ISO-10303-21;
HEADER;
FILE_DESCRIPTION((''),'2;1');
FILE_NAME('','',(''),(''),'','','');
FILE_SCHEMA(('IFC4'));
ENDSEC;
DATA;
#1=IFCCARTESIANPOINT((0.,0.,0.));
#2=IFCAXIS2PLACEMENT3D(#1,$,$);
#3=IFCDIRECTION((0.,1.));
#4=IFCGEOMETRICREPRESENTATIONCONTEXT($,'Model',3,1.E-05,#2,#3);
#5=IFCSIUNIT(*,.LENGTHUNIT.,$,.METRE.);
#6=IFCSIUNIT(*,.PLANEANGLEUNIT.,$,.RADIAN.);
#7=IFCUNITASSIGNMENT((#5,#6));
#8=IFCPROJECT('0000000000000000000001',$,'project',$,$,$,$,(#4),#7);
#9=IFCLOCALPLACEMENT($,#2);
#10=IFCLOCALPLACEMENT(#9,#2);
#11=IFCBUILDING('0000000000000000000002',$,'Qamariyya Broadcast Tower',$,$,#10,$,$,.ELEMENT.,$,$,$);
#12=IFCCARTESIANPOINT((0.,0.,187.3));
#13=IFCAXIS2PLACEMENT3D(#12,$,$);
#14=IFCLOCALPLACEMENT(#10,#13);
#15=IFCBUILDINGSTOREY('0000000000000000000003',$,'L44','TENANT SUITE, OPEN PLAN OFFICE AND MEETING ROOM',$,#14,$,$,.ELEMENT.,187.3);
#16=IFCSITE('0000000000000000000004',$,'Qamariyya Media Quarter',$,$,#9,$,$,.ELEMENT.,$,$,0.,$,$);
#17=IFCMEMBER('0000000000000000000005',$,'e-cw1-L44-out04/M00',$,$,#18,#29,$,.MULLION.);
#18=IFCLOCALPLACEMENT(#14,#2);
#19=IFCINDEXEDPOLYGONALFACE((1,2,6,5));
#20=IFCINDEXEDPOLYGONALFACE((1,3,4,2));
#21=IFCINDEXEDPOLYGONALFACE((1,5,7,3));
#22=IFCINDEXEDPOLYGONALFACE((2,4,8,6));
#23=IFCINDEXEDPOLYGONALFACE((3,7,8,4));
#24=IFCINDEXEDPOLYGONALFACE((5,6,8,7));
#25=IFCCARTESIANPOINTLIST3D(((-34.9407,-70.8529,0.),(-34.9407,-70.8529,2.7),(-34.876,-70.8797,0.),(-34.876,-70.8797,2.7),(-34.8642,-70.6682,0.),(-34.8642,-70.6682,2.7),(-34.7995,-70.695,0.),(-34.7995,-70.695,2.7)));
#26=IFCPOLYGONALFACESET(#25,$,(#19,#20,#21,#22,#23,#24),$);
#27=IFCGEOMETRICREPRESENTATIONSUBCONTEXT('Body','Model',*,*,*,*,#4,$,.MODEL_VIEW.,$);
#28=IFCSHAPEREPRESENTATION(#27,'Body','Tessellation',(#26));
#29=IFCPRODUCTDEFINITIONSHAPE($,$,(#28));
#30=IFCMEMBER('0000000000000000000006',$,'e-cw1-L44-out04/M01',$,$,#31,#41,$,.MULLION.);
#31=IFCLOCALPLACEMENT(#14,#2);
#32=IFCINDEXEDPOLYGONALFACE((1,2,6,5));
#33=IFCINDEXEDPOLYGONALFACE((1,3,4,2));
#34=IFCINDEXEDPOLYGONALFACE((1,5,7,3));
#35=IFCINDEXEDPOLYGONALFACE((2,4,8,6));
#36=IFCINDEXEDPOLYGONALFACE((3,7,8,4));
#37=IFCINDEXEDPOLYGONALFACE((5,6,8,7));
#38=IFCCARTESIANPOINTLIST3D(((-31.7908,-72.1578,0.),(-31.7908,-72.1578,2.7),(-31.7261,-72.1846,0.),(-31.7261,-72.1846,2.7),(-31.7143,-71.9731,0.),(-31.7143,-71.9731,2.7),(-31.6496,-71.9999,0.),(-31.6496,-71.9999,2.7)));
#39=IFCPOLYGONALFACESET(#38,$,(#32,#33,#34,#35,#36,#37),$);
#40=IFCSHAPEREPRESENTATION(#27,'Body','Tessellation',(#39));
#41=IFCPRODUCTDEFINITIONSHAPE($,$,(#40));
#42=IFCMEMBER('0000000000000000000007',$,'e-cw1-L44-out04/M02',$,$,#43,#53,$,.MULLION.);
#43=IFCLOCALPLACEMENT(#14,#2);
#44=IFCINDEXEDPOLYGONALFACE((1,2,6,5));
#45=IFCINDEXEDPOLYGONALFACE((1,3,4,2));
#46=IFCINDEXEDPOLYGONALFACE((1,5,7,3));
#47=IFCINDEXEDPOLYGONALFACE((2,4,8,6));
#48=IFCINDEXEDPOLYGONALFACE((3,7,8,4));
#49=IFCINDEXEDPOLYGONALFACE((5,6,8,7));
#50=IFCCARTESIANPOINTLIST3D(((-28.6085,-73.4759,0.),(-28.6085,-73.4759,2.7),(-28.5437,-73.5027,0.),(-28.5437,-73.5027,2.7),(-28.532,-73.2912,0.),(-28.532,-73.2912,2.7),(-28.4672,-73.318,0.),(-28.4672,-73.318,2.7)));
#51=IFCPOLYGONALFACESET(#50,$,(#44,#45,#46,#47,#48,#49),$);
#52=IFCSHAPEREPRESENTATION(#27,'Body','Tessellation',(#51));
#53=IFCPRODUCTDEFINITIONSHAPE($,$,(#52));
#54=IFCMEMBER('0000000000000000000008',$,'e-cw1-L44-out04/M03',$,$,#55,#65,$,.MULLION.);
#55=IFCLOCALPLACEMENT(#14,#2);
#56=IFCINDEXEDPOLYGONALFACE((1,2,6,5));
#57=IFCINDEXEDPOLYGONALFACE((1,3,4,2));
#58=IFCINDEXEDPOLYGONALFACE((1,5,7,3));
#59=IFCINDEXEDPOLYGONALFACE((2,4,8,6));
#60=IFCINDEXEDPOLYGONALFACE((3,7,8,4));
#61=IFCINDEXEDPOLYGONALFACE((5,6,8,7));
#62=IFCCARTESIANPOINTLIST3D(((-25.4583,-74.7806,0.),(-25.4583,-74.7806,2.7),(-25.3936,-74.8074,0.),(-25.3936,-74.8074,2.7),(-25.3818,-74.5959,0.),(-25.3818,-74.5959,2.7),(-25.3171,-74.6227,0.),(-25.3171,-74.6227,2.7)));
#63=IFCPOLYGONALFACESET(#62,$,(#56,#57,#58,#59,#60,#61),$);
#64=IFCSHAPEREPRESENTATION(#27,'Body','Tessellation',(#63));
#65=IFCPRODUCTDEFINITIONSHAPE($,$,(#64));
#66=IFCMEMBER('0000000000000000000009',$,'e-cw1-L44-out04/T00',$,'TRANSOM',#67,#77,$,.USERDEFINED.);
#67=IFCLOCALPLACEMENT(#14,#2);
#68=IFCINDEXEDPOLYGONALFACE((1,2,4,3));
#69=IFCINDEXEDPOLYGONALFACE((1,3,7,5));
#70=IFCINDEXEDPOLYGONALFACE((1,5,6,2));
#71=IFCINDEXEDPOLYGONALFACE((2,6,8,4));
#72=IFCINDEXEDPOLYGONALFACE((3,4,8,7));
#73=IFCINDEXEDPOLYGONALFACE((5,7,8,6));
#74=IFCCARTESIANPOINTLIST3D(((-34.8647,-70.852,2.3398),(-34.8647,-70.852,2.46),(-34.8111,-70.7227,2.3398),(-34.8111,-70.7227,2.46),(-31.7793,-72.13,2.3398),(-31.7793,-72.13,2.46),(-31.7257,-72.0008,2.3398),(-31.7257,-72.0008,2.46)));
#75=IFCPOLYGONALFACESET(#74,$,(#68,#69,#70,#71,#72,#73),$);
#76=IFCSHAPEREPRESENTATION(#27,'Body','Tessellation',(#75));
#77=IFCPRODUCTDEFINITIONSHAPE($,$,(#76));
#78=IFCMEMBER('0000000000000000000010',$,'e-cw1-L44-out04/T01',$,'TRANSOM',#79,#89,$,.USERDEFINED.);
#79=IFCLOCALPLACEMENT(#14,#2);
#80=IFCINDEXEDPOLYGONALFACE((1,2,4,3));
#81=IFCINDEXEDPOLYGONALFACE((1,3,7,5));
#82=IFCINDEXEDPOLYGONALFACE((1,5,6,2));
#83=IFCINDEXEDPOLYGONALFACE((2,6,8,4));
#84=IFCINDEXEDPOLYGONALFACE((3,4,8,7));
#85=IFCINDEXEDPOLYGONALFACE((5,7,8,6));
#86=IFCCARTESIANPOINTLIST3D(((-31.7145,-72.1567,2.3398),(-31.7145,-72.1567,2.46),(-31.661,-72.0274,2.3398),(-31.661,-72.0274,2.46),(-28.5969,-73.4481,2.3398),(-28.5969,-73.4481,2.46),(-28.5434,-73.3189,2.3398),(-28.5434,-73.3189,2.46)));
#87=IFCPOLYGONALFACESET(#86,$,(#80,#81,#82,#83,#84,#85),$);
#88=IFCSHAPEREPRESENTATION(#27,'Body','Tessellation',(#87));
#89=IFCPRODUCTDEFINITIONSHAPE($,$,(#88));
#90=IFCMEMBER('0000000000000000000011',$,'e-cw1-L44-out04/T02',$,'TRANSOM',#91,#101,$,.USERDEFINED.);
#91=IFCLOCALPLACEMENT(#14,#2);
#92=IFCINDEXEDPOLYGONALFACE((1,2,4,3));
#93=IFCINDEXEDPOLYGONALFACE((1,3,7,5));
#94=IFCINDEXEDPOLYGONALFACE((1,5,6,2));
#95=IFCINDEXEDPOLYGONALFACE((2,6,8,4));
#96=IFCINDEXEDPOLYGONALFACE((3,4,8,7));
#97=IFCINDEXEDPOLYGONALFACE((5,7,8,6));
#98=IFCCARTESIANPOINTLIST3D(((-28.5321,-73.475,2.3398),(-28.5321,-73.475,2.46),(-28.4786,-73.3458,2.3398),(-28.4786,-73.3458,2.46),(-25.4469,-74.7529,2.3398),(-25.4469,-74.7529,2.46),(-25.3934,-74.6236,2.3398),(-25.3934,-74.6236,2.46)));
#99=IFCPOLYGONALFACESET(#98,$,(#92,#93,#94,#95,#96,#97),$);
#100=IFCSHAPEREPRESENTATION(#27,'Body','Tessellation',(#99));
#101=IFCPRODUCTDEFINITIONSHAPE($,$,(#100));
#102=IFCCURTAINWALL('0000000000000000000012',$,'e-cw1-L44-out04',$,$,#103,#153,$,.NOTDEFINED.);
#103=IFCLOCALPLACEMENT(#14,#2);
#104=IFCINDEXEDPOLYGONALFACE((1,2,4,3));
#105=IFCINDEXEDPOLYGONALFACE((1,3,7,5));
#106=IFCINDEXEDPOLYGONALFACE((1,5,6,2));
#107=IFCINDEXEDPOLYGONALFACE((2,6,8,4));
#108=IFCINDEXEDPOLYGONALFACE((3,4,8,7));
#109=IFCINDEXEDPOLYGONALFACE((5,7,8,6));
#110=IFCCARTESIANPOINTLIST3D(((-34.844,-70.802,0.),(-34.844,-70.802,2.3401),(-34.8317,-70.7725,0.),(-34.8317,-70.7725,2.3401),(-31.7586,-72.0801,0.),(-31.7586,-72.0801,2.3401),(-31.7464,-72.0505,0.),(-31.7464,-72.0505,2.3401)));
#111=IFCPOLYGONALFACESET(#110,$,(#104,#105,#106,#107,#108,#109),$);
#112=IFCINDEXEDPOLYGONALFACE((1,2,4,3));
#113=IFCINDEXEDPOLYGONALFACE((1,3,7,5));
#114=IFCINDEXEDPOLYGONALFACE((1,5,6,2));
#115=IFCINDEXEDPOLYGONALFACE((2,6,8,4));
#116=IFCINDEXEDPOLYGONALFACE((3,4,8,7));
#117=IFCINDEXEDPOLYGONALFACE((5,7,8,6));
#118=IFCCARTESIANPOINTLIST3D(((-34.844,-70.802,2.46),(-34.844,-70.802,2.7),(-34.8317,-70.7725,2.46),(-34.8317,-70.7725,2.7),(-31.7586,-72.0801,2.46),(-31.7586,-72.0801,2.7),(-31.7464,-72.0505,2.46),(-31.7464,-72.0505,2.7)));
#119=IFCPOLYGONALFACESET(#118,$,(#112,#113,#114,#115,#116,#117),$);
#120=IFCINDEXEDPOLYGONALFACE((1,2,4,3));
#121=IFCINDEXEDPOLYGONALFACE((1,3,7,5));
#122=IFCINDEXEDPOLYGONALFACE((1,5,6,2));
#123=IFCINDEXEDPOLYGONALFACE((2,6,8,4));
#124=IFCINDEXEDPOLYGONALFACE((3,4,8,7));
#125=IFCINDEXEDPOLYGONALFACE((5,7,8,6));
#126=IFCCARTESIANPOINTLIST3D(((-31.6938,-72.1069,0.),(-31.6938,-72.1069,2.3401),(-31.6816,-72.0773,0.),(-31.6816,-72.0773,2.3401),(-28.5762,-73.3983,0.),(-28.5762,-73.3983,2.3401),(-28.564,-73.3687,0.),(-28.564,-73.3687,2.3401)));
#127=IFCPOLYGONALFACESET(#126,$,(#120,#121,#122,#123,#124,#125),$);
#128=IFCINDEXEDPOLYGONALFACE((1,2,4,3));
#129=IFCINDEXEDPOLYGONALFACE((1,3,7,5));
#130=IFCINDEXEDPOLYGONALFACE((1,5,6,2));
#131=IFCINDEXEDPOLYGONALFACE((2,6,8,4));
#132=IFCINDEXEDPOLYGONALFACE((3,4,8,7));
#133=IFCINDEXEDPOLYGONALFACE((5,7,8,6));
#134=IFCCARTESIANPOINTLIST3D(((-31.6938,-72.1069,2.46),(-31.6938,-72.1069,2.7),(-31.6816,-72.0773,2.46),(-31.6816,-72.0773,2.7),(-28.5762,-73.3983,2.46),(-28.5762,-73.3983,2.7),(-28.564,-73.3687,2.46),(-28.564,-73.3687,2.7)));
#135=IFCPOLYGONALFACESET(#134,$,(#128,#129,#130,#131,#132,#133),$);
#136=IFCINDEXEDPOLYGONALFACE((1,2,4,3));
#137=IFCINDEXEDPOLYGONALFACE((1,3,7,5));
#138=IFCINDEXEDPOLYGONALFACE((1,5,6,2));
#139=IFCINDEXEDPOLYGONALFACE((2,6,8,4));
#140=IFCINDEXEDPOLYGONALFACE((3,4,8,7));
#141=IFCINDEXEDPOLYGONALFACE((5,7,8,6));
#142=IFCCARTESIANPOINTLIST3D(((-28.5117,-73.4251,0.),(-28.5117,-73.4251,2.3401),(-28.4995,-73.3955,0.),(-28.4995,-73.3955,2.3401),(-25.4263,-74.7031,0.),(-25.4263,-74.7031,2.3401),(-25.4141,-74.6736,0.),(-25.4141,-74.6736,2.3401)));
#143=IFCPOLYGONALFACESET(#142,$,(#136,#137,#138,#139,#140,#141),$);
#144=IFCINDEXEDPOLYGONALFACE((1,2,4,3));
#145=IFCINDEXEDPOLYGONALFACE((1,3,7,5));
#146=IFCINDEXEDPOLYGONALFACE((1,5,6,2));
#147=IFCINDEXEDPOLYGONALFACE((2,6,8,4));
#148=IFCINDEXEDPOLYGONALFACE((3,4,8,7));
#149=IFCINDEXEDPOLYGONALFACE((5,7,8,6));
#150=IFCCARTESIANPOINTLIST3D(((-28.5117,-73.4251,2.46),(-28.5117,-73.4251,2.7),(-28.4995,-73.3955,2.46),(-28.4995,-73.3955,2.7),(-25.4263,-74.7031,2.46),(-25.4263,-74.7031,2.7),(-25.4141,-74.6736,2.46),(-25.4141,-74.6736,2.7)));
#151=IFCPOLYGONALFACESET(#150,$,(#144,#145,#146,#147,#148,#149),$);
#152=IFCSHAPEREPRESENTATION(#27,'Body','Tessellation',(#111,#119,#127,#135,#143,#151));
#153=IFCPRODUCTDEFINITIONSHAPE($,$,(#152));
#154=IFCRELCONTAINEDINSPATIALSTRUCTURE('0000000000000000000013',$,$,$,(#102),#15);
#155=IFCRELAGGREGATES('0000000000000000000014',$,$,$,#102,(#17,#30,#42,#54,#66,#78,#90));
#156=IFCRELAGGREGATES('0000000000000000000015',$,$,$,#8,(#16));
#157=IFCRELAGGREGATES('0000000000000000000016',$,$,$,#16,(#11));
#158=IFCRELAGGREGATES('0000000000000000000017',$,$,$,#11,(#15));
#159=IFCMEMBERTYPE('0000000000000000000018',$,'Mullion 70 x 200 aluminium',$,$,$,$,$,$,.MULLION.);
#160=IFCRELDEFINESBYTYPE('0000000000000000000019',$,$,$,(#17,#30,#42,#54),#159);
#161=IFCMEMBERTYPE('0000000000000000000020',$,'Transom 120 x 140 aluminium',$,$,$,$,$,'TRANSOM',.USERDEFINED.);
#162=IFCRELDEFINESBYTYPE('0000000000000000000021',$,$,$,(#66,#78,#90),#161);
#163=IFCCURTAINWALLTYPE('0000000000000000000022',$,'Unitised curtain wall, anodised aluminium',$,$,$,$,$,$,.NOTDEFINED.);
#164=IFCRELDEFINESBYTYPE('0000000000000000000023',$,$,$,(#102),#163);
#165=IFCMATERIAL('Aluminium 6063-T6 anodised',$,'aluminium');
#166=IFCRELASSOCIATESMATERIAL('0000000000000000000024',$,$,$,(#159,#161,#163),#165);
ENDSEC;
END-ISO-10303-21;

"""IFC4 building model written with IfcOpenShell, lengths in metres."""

from ifc_helpers import new_model, si_unit, direction, frame, origin, origin_2d, place, context, subcontext, project, spatial, rectangle, extrude, material, material_profile, profile_set, type_object, element, aggregate, save


model = new_model("IFC4")

# Units and contexts
model_context = context("Model", 3, precision=1e-05, world=origin(), true_north=direction((0.0, 1.0)))
body_context = subcontext(model_context, "Body", "Model", "MODEL_VIEW")
ifc_project = project(units=[si_unit("LENGTHUNIT", "METRE"), si_unit("PLANEANGLEUNIT", "RADIAN")], contexts=[model_context])

# Members
ifc_material = material(Name="Aluminium 6063-T6 anodised", Category="aluminium")
ifc_material_profile_1 = material_profile(ifc_material, rectangle(XDim=0.2, YDim=0.0701, at=origin_2d()))
ifc_profile_set_1 = profile_set([ifc_material_profile_1], Name="Aluminium 6063-T6 anodised")
member_type_1 = type_object("IfcMemberType", Name="Mullion 70 x 200 aluminium", PredefinedType="MULLION", material=ifc_profile_set_1)
site_placement = place(None, origin())
building_placement = place(site_placement, origin())
storey_placement = place(building_placement, frame((0.0, 0.0, 187.3)))
member_1_placement = place(storey_placement, frame((-34.8701, -70.7739, 0.0), z_axis=(0.0, 0.0, 1.0), x_axis=(0.382683, 0.92388, 0.0)))
member_1 = element("IfcMember", 1, at=member_1_placement, type_object=member_type_1, Name="e-cw1-L44-out04/M00", PredefinedType="MULLION", context=body_context, shape_type="SweptSolid", body=[
    extrude(rectangle(XDim=0.2, YDim=0.0701, at=origin_2d()), origin(), (0.0, 0.0, 1.0), 2.7),
])
member_2_placement = place(storey_placement, frame((-31.7202, -72.0789, 0.0), z_axis=(0.0, 0.0, 1.0), x_axis=(0.382683, 0.92388, 0.0)))
member_2 = element("IfcMember", 2, at=member_2_placement, type_object=member_type_1, Name="e-cw1-L44-out04/M01", PredefinedType="MULLION", context=body_context, shape_type="SweptSolid", body=[
    extrude(rectangle(XDim=0.2, YDim=0.0701, at=origin_2d()), origin(), (0.0, 0.0, 1.0), 2.7),
])
member_3_placement = place(storey_placement, frame((-28.5378, -73.397, 0.0), z_axis=(0.0, 0.0, 1.0), x_axis=(0.382683, 0.92388, 0.0)))
member_3 = element("IfcMember", 3, at=member_3_placement, type_object=member_type_1, Name="e-cw1-L44-out04/M02", PredefinedType="MULLION", context=body_context, shape_type="SweptSolid", body=[
    extrude(rectangle(XDim=0.2, YDim=0.0701, at=origin_2d()), origin(), (0.0, 0.0, 1.0), 2.7),
])
member_4_placement = place(storey_placement, frame((-25.3877, -74.7017, 0.0), z_axis=(0.0, 0.0, 1.0), x_axis=(0.382683, 0.92388, 0.0)))
member_4 = element("IfcMember", 4, at=member_4_placement, type_object=member_type_1, Name="e-cw1-L44-out04/M03", PredefinedType="MULLION", context=body_context, shape_type="SweptSolid", body=[
    extrude(rectangle(XDim=0.2, YDim=0.0701, at=origin_2d()), origin(), (0.0, 0.0, 1.0), 2.7),
])
ifc_material_profile_2 = material_profile(ifc_material, rectangle(XDim=0.1399, YDim=0.1201, at=origin_2d()))
ifc_profile_set_2 = profile_set([ifc_material_profile_2], Name="Aluminium 6063-T6 anodised")
member_type_2 = type_object("IfcMemberType", Name="Transom 120 x 140 aluminium", ElementType="TRANSOM", PredefinedType="USERDEFINED", material=ifc_profile_set_2)
member_5_placement = place(storey_placement, frame((-34.8379, -70.7874, 2.3999), z_axis=(0.923875, -0.382694, 0.0), x_axis=(0.382694, 0.923875, 0.0)))
member_5 = element("IfcMember", 5, at=member_5_placement, type_object=member_type_2, Name="e-cw1-L44-out04/T00", ObjectType="TRANSOM", PredefinedType="USERDEFINED", context=body_context, shape_type="SweptSolid", body=[
    extrude(rectangle(XDim=0.1399, YDim=0.1201, at=origin_2d()), origin(), (0.0, 0.0, 1.0), 3.3396),
])
member_6_placement = place(storey_placement, frame((-31.6877, -72.092, 2.3999), z_axis=(0.923867, -0.382714, 0.0), x_axis=(0.382714, 0.923867, 0.0)))
member_6 = element("IfcMember", 6, at=member_6_placement, type_object=member_type_2, Name="e-cw1-L44-out04/T01", ObjectType="TRANSOM", PredefinedType="USERDEFINED", context=body_context, shape_type="SweptSolid", body=[
    extrude(rectangle(XDim=0.1399, YDim=0.1201, at=origin_2d()), origin(), (0.0, 0.0, 1.0), 3.3745),
])
member_7_placement = place(storey_placement, frame((-28.5054, -73.4104, 2.3999), z_axis=(0.92389, -0.382657, 0.0), x_axis=(0.382657, 0.92389, 0.0)))
member_7 = element("IfcMember", 7, at=member_7_placement, type_object=member_type_2, Name="e-cw1-L44-out04/T02", ObjectType="TRANSOM", PredefinedType="USERDEFINED", context=body_context, shape_type="SweptSolid", body=[
    extrude(rectangle(XDim=0.1399, YDim=0.1201, at=origin_2d()), origin(), (0.0, 0.0, 1.0), 3.3394),
])

# Site, building, storey
site = spatial("IfcSite", under=ifc_project, at=site_placement, Name="Qamariyya Media Quarter", CompositionType="ELEMENT", RefElevation=0.0)
building = spatial("IfcBuilding", under=site, at=building_placement, Name="Qamariyya Broadcast Tower", CompositionType="ELEMENT")
storey = spatial("IfcBuildingStorey", under=building, at=storey_placement, Name="L44", Description="TENANT SUITE, OPEN PLAN OFFICE AND MEETING ROOM", CompositionType="ELEMENT", Elevation=187.3)

# Curtain wall
curtain_wall_type = type_object("IfcCurtainWallType", Name="Unitised curtain wall, anodised aluminium", PredefinedType="NOTDEFINED", material=ifc_material)
curtain_wall_1_placement = place(storey_placement, origin())
curtain_wall_1 = element("IfcCurtainWall", 8, at=curtain_wall_1_placement, inside=storey, type_object=curtain_wall_type, Name="e-cw1-L44-out04", PredefinedType="NOTDEFINED", context=body_context, shape_type="SweptSolid", body=[
    extrude(rectangle(XDim=3.3396, YDim=0.032, at=origin_2d()), frame((-33.2952, -71.4263, 0.0), x_axis=(0.923878, -0.382687, 0.0)), (0.0, 0.0, 1.0), 2.3401),
    extrude(rectangle(XDim=3.3396, YDim=0.032, at=origin_2d()), frame((-33.2952, -71.4263, 2.46), x_axis=(0.923878, -0.382687, 0.0)), (0.0, 0.0, 1.0), 0.24),
    extrude(rectangle(XDim=3.3745, YDim=0.032, at=origin_2d()), frame((-30.1289, -72.7378, 0.0), x_axis=(0.923878, -0.382687, 0.0)), (0.0, 0.0, 1.0), 2.3401),
    extrude(rectangle(XDim=3.3745, YDim=0.032, at=origin_2d()), frame((-30.1289, -72.7378, 2.46), x_axis=(0.923878, -0.382687, 0.0)), (0.0, 0.0, 1.0), 0.24),
    extrude(rectangle(XDim=3.3396, YDim=0.032, at=origin_2d()), frame((-26.9629, -74.0493, 0.0), x_axis=(0.923878, -0.382687, 0.0)), (0.0, 0.0, 1.0), 2.3401),
    extrude(rectangle(XDim=3.3396, YDim=0.032, at=origin_2d()), frame((-26.9629, -74.0493, 2.46), x_axis=(0.923878, -0.382687, 0.0)), (0.0, 0.0, 1.0), 0.24),
])
aggregate(curtain_wall_1, [member_1, member_2, member_3, member_4, member_5, member_6, member_7])

save(model, "model.ifc")
